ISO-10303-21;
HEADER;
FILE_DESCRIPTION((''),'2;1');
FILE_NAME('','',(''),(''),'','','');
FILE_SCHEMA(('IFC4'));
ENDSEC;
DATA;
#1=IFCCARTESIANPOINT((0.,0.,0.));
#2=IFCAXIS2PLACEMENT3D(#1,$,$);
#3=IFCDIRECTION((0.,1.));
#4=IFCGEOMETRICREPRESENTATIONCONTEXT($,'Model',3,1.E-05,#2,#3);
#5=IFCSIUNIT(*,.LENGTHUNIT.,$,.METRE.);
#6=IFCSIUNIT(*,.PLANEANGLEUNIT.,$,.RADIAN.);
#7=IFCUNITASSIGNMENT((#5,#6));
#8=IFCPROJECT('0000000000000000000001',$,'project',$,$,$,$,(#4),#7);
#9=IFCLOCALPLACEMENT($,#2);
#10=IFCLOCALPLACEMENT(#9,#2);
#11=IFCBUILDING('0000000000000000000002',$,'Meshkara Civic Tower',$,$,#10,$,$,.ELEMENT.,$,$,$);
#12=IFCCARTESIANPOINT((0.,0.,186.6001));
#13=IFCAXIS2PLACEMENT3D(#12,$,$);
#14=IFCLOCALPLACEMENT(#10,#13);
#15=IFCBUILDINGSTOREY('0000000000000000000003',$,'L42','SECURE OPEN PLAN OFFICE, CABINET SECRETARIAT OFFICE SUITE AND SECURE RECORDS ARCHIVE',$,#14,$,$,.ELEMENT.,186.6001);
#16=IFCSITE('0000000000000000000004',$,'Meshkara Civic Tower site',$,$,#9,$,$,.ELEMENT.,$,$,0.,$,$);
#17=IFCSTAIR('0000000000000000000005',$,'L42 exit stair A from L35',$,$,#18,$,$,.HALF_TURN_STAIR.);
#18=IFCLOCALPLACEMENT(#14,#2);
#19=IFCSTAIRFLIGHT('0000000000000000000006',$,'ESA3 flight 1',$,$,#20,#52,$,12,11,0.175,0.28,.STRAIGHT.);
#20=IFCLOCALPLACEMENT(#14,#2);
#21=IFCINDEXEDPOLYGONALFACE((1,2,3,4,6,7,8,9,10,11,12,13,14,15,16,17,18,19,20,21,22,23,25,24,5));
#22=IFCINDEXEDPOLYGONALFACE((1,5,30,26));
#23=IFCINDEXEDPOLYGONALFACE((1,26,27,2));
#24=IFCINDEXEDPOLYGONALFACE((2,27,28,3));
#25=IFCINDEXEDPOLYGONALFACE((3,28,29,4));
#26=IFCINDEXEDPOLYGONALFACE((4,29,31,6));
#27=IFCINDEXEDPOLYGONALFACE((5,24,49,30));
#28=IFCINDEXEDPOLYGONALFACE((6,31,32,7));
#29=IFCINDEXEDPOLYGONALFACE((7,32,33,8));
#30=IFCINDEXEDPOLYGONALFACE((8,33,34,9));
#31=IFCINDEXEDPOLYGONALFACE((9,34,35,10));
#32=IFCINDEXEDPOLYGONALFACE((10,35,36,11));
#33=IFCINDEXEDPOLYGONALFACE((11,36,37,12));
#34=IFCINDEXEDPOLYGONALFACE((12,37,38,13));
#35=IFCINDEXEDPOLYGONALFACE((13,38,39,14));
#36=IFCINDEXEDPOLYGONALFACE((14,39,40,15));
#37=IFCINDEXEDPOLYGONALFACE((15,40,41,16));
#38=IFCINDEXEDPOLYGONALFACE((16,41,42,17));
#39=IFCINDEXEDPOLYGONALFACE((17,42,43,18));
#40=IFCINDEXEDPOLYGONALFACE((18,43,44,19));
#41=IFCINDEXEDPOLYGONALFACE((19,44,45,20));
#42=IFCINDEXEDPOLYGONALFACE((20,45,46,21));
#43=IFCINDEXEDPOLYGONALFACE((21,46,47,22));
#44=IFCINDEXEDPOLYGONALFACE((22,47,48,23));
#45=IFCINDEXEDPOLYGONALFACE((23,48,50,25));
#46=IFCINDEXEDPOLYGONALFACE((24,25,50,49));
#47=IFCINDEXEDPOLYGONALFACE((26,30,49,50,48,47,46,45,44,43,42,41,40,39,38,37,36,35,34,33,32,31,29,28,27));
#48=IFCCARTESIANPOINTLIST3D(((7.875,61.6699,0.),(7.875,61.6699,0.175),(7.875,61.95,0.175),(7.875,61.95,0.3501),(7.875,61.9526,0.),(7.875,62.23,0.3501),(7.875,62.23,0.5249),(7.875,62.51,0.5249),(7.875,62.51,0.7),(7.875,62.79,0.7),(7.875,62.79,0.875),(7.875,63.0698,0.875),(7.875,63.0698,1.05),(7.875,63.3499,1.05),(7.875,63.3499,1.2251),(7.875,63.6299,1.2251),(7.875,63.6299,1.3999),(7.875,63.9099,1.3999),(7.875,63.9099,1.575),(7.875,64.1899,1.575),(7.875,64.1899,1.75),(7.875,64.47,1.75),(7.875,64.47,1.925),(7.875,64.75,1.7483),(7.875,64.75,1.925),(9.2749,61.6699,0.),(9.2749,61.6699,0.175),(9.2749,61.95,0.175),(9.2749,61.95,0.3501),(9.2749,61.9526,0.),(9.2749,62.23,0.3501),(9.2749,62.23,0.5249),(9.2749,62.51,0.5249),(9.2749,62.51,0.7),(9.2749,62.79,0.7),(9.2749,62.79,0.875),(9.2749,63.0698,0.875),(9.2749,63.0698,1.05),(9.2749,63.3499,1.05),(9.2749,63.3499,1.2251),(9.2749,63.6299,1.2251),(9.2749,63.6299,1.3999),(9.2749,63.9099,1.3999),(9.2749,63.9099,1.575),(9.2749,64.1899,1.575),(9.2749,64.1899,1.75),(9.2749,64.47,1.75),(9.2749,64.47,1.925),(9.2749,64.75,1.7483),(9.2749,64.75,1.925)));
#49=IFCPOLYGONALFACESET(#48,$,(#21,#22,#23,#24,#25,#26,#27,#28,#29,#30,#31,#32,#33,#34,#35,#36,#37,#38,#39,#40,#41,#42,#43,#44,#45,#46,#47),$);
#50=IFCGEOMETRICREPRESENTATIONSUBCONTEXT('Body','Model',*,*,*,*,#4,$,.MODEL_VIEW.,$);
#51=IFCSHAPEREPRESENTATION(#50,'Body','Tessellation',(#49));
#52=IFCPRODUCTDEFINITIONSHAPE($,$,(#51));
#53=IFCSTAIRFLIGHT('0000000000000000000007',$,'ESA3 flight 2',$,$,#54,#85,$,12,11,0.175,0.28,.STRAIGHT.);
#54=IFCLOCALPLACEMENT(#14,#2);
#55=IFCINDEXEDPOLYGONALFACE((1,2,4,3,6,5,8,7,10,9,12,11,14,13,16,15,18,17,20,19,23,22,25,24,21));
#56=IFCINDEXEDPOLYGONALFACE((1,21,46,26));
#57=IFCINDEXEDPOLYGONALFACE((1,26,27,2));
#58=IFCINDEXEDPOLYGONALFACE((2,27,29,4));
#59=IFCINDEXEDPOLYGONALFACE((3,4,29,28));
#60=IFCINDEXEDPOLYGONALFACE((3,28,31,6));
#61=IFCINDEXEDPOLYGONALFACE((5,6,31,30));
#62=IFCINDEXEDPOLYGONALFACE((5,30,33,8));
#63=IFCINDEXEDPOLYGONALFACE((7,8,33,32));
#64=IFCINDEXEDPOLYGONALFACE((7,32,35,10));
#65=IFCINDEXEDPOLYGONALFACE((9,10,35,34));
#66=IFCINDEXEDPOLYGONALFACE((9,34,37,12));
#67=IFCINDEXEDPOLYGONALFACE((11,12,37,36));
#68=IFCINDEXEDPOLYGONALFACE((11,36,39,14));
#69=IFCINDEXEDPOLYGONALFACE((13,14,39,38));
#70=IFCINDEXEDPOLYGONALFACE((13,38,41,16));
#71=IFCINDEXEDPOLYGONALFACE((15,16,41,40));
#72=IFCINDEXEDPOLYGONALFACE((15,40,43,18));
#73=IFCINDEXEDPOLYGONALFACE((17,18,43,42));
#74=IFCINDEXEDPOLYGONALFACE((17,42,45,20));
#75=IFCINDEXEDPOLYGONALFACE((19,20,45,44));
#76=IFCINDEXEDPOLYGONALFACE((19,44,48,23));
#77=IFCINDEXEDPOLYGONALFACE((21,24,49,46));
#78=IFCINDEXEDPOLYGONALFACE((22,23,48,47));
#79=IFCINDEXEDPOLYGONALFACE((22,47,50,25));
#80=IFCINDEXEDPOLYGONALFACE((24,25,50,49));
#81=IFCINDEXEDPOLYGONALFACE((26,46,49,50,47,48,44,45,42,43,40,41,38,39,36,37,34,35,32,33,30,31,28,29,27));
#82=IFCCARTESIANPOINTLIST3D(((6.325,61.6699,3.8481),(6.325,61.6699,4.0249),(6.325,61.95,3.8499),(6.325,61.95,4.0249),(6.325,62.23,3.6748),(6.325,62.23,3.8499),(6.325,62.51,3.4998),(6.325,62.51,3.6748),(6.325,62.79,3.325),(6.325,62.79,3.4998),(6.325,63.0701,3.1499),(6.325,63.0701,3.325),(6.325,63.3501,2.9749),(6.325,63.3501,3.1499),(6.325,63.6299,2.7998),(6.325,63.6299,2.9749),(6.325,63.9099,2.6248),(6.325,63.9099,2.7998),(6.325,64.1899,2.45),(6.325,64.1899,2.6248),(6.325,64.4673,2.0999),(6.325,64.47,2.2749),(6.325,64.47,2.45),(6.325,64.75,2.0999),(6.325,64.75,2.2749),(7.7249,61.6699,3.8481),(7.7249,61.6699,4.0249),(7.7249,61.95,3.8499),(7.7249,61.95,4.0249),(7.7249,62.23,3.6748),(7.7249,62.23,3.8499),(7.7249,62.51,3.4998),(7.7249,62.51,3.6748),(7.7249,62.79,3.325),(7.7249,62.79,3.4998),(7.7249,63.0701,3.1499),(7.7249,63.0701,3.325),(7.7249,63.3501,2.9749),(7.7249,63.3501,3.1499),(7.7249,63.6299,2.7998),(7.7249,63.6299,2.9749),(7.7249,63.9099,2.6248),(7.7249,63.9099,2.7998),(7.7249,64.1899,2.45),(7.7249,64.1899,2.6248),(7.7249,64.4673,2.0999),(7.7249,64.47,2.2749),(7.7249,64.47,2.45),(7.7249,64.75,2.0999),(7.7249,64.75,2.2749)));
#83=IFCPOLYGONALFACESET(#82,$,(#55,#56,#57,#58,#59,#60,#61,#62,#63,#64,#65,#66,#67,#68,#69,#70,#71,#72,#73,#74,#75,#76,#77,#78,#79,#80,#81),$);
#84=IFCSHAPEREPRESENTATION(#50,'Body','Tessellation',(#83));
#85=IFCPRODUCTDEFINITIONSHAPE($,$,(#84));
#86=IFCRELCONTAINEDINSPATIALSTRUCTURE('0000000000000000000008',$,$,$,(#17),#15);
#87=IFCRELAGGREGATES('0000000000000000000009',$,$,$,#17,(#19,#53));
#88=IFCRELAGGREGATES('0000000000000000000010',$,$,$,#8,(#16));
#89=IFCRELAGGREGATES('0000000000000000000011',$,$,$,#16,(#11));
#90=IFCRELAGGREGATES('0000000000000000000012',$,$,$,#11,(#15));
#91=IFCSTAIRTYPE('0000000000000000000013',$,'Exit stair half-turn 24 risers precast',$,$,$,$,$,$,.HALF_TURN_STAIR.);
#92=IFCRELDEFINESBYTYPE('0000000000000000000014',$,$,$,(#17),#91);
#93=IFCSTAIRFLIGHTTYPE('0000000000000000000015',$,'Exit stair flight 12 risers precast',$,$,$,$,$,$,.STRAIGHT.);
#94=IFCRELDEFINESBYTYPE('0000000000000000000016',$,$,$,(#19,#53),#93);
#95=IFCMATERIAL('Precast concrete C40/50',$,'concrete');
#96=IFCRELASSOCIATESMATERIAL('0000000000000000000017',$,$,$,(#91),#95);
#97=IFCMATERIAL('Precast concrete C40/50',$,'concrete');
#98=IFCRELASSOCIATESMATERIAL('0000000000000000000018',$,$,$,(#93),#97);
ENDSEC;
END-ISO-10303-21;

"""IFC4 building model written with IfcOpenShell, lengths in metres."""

from ifc_helpers import new_model, si_unit, direction, frame, origin, place, context, subcontext, project, spatial, polyline, outline, extrude, material, type_object, element, aggregate, save


model = new_model("IFC4")

# Units and contexts
model_context = context("Model", 3, precision=1e-05, world=origin(), true_north=direction((0.0, 1.0)))
body_context = subcontext(model_context, "Body", "Model", "MODEL_VIEW")
ifc_project = project(units=[si_unit("LENGTHUNIT", "METRE"), si_unit("PLANEANGLEUNIT", "RADIAN")], contexts=[model_context])

# Site, building, storey
site_placement = place(None, origin())
site = spatial("IfcSite", under=ifc_project, at=site_placement, Name="Meshkara Civic Tower site", CompositionType="ELEMENT", RefElevation=0.0)
building_placement = place(site_placement, origin())
building = spatial("IfcBuilding", under=site, at=building_placement, Name="Meshkara Civic Tower", CompositionType="ELEMENT")
storey_placement = place(building_placement, frame((0.0, 0.0, 186.6001)))
storey = spatial("IfcBuildingStorey", under=building, at=storey_placement, Name="L42", Description="SECURE OPEN PLAN OFFICE, CABINET SECRETARIAT OFFICE SUITE AND SECURE RECORDS ARCHIVE", CompositionType="ELEMENT", Elevation=186.6001)

# Stair, stair flights
ifc_material_1 = material(Name="Precast concrete C40/50", Category="concrete")
stair_type = type_object("IfcStairType", Name="Exit stair half-turn 24 risers precast", PredefinedType="HALF_TURN_STAIR", material=ifc_material_1)
stair_placement = place(storey_placement, origin())
stair = element("IfcStair", 1, at=stair_placement, inside=storey, type_object=stair_type, Name="L42 exit stair A from L35", PredefinedType="HALF_TURN_STAIR")
ifc_material_2 = material(Name="Precast concrete C40/50", Category="concrete")
stair_flight_type = type_object("IfcStairFlightType", Name="Exit stair flight 12 risers precast", PredefinedType="STRAIGHT", material=ifc_material_2)
stair_flight_1_placement = place(storey_placement, frame((8.575, 61.6699, 0.0), z_axis=(0.0, 0.0, 1.0), x_axis=(0.0, 1.0, 0.0)))
stair_flight_1 = element("IfcStairFlight", 2, at=stair_flight_1_placement, type_object=stair_flight_type, Name="ESA3 flight 1", NumberOfRisers=12, NumberOfTreads=11, PredefinedType="STRAIGHT", RiserHeight=0.175, TreadLength=0.28, context=body_context, shape_type="SweptSolid", body=[
    extrude(outline(polyline([(0.0, 0.0), (0.0, 0.175), (0.28, 0.175), (0.28, 0.3501), (0.5601, 0.3501), (0.5601, 0.5249), (0.8401, 0.5249), (0.8401, 0.7), (1.1201, 0.7), (1.1201, 0.875), (1.3999, 0.875), (1.3999, 1.05), (1.6799, 1.05), (1.6799, 1.2251), (1.96, 1.2251), (1.96, 1.3999), (2.24, 1.3999), (2.24, 1.575), (2.52, 1.575), (2.52, 1.75), (2.8, 1.75), (2.8, 1.925), (3.0801, 1.925), (3.0801, 2.1001), (3.0801, 1.7483), (0.2827, 0.0), (0.0, 0.0)])), frame((0.0, 0.7, 0.0), z_axis=(0.0, -1.0, 0.0), x_axis=(1.0, 0.0, 0.0)), (0.0, 0.0, 1.0), 1.3999),
])
stair_flight_2_placement = place(storey_placement, frame((7.0249, 64.75, 2.0999), z_axis=(0.0, 0.0, 1.0), x_axis=(0.0, -1.0, 0.0)))
stair_flight_2 = element("IfcStairFlight", 3, at=stair_flight_2_placement, type_object=stair_flight_type, Name="ESA3 flight 2", NumberOfRisers=12, NumberOfTreads=11, PredefinedType="STRAIGHT", RiserHeight=0.175, TreadLength=0.28, context=body_context, shape_type="SweptSolid", body=[
    extrude(outline(polyline([(0.0, 0.0), (0.0, 0.175), (0.28, 0.175), (0.28, 0.3501), (0.5601, 0.3501), (0.5601, 0.5249), (0.8401, 0.5249), (0.8401, 0.7), (1.1201, 0.7), (1.1201, 0.875), (1.3999, 0.875), (1.3999, 1.05), (1.6799, 1.05), (1.6799, 1.2251), (1.96, 1.2251), (1.96, 1.3999), (2.24, 1.3999), (2.24, 1.575), (2.52, 1.575), (2.52, 1.75), (2.8, 1.75), (2.8, 1.925), (3.0801, 1.925), (3.0801, 2.1001), (3.0801, 1.7483), (0.2827, 0.0), (0.0, 0.0)])), frame((0.0, 0.7, 0.0), z_axis=(0.0, -1.0, 0.0), x_axis=(1.0, 0.0, 0.0)), (0.0, 0.0, 1.0), 1.3999),
])
aggregate(stair, [stair_flight_1, stair_flight_2])

save(model, "model.ifc")
